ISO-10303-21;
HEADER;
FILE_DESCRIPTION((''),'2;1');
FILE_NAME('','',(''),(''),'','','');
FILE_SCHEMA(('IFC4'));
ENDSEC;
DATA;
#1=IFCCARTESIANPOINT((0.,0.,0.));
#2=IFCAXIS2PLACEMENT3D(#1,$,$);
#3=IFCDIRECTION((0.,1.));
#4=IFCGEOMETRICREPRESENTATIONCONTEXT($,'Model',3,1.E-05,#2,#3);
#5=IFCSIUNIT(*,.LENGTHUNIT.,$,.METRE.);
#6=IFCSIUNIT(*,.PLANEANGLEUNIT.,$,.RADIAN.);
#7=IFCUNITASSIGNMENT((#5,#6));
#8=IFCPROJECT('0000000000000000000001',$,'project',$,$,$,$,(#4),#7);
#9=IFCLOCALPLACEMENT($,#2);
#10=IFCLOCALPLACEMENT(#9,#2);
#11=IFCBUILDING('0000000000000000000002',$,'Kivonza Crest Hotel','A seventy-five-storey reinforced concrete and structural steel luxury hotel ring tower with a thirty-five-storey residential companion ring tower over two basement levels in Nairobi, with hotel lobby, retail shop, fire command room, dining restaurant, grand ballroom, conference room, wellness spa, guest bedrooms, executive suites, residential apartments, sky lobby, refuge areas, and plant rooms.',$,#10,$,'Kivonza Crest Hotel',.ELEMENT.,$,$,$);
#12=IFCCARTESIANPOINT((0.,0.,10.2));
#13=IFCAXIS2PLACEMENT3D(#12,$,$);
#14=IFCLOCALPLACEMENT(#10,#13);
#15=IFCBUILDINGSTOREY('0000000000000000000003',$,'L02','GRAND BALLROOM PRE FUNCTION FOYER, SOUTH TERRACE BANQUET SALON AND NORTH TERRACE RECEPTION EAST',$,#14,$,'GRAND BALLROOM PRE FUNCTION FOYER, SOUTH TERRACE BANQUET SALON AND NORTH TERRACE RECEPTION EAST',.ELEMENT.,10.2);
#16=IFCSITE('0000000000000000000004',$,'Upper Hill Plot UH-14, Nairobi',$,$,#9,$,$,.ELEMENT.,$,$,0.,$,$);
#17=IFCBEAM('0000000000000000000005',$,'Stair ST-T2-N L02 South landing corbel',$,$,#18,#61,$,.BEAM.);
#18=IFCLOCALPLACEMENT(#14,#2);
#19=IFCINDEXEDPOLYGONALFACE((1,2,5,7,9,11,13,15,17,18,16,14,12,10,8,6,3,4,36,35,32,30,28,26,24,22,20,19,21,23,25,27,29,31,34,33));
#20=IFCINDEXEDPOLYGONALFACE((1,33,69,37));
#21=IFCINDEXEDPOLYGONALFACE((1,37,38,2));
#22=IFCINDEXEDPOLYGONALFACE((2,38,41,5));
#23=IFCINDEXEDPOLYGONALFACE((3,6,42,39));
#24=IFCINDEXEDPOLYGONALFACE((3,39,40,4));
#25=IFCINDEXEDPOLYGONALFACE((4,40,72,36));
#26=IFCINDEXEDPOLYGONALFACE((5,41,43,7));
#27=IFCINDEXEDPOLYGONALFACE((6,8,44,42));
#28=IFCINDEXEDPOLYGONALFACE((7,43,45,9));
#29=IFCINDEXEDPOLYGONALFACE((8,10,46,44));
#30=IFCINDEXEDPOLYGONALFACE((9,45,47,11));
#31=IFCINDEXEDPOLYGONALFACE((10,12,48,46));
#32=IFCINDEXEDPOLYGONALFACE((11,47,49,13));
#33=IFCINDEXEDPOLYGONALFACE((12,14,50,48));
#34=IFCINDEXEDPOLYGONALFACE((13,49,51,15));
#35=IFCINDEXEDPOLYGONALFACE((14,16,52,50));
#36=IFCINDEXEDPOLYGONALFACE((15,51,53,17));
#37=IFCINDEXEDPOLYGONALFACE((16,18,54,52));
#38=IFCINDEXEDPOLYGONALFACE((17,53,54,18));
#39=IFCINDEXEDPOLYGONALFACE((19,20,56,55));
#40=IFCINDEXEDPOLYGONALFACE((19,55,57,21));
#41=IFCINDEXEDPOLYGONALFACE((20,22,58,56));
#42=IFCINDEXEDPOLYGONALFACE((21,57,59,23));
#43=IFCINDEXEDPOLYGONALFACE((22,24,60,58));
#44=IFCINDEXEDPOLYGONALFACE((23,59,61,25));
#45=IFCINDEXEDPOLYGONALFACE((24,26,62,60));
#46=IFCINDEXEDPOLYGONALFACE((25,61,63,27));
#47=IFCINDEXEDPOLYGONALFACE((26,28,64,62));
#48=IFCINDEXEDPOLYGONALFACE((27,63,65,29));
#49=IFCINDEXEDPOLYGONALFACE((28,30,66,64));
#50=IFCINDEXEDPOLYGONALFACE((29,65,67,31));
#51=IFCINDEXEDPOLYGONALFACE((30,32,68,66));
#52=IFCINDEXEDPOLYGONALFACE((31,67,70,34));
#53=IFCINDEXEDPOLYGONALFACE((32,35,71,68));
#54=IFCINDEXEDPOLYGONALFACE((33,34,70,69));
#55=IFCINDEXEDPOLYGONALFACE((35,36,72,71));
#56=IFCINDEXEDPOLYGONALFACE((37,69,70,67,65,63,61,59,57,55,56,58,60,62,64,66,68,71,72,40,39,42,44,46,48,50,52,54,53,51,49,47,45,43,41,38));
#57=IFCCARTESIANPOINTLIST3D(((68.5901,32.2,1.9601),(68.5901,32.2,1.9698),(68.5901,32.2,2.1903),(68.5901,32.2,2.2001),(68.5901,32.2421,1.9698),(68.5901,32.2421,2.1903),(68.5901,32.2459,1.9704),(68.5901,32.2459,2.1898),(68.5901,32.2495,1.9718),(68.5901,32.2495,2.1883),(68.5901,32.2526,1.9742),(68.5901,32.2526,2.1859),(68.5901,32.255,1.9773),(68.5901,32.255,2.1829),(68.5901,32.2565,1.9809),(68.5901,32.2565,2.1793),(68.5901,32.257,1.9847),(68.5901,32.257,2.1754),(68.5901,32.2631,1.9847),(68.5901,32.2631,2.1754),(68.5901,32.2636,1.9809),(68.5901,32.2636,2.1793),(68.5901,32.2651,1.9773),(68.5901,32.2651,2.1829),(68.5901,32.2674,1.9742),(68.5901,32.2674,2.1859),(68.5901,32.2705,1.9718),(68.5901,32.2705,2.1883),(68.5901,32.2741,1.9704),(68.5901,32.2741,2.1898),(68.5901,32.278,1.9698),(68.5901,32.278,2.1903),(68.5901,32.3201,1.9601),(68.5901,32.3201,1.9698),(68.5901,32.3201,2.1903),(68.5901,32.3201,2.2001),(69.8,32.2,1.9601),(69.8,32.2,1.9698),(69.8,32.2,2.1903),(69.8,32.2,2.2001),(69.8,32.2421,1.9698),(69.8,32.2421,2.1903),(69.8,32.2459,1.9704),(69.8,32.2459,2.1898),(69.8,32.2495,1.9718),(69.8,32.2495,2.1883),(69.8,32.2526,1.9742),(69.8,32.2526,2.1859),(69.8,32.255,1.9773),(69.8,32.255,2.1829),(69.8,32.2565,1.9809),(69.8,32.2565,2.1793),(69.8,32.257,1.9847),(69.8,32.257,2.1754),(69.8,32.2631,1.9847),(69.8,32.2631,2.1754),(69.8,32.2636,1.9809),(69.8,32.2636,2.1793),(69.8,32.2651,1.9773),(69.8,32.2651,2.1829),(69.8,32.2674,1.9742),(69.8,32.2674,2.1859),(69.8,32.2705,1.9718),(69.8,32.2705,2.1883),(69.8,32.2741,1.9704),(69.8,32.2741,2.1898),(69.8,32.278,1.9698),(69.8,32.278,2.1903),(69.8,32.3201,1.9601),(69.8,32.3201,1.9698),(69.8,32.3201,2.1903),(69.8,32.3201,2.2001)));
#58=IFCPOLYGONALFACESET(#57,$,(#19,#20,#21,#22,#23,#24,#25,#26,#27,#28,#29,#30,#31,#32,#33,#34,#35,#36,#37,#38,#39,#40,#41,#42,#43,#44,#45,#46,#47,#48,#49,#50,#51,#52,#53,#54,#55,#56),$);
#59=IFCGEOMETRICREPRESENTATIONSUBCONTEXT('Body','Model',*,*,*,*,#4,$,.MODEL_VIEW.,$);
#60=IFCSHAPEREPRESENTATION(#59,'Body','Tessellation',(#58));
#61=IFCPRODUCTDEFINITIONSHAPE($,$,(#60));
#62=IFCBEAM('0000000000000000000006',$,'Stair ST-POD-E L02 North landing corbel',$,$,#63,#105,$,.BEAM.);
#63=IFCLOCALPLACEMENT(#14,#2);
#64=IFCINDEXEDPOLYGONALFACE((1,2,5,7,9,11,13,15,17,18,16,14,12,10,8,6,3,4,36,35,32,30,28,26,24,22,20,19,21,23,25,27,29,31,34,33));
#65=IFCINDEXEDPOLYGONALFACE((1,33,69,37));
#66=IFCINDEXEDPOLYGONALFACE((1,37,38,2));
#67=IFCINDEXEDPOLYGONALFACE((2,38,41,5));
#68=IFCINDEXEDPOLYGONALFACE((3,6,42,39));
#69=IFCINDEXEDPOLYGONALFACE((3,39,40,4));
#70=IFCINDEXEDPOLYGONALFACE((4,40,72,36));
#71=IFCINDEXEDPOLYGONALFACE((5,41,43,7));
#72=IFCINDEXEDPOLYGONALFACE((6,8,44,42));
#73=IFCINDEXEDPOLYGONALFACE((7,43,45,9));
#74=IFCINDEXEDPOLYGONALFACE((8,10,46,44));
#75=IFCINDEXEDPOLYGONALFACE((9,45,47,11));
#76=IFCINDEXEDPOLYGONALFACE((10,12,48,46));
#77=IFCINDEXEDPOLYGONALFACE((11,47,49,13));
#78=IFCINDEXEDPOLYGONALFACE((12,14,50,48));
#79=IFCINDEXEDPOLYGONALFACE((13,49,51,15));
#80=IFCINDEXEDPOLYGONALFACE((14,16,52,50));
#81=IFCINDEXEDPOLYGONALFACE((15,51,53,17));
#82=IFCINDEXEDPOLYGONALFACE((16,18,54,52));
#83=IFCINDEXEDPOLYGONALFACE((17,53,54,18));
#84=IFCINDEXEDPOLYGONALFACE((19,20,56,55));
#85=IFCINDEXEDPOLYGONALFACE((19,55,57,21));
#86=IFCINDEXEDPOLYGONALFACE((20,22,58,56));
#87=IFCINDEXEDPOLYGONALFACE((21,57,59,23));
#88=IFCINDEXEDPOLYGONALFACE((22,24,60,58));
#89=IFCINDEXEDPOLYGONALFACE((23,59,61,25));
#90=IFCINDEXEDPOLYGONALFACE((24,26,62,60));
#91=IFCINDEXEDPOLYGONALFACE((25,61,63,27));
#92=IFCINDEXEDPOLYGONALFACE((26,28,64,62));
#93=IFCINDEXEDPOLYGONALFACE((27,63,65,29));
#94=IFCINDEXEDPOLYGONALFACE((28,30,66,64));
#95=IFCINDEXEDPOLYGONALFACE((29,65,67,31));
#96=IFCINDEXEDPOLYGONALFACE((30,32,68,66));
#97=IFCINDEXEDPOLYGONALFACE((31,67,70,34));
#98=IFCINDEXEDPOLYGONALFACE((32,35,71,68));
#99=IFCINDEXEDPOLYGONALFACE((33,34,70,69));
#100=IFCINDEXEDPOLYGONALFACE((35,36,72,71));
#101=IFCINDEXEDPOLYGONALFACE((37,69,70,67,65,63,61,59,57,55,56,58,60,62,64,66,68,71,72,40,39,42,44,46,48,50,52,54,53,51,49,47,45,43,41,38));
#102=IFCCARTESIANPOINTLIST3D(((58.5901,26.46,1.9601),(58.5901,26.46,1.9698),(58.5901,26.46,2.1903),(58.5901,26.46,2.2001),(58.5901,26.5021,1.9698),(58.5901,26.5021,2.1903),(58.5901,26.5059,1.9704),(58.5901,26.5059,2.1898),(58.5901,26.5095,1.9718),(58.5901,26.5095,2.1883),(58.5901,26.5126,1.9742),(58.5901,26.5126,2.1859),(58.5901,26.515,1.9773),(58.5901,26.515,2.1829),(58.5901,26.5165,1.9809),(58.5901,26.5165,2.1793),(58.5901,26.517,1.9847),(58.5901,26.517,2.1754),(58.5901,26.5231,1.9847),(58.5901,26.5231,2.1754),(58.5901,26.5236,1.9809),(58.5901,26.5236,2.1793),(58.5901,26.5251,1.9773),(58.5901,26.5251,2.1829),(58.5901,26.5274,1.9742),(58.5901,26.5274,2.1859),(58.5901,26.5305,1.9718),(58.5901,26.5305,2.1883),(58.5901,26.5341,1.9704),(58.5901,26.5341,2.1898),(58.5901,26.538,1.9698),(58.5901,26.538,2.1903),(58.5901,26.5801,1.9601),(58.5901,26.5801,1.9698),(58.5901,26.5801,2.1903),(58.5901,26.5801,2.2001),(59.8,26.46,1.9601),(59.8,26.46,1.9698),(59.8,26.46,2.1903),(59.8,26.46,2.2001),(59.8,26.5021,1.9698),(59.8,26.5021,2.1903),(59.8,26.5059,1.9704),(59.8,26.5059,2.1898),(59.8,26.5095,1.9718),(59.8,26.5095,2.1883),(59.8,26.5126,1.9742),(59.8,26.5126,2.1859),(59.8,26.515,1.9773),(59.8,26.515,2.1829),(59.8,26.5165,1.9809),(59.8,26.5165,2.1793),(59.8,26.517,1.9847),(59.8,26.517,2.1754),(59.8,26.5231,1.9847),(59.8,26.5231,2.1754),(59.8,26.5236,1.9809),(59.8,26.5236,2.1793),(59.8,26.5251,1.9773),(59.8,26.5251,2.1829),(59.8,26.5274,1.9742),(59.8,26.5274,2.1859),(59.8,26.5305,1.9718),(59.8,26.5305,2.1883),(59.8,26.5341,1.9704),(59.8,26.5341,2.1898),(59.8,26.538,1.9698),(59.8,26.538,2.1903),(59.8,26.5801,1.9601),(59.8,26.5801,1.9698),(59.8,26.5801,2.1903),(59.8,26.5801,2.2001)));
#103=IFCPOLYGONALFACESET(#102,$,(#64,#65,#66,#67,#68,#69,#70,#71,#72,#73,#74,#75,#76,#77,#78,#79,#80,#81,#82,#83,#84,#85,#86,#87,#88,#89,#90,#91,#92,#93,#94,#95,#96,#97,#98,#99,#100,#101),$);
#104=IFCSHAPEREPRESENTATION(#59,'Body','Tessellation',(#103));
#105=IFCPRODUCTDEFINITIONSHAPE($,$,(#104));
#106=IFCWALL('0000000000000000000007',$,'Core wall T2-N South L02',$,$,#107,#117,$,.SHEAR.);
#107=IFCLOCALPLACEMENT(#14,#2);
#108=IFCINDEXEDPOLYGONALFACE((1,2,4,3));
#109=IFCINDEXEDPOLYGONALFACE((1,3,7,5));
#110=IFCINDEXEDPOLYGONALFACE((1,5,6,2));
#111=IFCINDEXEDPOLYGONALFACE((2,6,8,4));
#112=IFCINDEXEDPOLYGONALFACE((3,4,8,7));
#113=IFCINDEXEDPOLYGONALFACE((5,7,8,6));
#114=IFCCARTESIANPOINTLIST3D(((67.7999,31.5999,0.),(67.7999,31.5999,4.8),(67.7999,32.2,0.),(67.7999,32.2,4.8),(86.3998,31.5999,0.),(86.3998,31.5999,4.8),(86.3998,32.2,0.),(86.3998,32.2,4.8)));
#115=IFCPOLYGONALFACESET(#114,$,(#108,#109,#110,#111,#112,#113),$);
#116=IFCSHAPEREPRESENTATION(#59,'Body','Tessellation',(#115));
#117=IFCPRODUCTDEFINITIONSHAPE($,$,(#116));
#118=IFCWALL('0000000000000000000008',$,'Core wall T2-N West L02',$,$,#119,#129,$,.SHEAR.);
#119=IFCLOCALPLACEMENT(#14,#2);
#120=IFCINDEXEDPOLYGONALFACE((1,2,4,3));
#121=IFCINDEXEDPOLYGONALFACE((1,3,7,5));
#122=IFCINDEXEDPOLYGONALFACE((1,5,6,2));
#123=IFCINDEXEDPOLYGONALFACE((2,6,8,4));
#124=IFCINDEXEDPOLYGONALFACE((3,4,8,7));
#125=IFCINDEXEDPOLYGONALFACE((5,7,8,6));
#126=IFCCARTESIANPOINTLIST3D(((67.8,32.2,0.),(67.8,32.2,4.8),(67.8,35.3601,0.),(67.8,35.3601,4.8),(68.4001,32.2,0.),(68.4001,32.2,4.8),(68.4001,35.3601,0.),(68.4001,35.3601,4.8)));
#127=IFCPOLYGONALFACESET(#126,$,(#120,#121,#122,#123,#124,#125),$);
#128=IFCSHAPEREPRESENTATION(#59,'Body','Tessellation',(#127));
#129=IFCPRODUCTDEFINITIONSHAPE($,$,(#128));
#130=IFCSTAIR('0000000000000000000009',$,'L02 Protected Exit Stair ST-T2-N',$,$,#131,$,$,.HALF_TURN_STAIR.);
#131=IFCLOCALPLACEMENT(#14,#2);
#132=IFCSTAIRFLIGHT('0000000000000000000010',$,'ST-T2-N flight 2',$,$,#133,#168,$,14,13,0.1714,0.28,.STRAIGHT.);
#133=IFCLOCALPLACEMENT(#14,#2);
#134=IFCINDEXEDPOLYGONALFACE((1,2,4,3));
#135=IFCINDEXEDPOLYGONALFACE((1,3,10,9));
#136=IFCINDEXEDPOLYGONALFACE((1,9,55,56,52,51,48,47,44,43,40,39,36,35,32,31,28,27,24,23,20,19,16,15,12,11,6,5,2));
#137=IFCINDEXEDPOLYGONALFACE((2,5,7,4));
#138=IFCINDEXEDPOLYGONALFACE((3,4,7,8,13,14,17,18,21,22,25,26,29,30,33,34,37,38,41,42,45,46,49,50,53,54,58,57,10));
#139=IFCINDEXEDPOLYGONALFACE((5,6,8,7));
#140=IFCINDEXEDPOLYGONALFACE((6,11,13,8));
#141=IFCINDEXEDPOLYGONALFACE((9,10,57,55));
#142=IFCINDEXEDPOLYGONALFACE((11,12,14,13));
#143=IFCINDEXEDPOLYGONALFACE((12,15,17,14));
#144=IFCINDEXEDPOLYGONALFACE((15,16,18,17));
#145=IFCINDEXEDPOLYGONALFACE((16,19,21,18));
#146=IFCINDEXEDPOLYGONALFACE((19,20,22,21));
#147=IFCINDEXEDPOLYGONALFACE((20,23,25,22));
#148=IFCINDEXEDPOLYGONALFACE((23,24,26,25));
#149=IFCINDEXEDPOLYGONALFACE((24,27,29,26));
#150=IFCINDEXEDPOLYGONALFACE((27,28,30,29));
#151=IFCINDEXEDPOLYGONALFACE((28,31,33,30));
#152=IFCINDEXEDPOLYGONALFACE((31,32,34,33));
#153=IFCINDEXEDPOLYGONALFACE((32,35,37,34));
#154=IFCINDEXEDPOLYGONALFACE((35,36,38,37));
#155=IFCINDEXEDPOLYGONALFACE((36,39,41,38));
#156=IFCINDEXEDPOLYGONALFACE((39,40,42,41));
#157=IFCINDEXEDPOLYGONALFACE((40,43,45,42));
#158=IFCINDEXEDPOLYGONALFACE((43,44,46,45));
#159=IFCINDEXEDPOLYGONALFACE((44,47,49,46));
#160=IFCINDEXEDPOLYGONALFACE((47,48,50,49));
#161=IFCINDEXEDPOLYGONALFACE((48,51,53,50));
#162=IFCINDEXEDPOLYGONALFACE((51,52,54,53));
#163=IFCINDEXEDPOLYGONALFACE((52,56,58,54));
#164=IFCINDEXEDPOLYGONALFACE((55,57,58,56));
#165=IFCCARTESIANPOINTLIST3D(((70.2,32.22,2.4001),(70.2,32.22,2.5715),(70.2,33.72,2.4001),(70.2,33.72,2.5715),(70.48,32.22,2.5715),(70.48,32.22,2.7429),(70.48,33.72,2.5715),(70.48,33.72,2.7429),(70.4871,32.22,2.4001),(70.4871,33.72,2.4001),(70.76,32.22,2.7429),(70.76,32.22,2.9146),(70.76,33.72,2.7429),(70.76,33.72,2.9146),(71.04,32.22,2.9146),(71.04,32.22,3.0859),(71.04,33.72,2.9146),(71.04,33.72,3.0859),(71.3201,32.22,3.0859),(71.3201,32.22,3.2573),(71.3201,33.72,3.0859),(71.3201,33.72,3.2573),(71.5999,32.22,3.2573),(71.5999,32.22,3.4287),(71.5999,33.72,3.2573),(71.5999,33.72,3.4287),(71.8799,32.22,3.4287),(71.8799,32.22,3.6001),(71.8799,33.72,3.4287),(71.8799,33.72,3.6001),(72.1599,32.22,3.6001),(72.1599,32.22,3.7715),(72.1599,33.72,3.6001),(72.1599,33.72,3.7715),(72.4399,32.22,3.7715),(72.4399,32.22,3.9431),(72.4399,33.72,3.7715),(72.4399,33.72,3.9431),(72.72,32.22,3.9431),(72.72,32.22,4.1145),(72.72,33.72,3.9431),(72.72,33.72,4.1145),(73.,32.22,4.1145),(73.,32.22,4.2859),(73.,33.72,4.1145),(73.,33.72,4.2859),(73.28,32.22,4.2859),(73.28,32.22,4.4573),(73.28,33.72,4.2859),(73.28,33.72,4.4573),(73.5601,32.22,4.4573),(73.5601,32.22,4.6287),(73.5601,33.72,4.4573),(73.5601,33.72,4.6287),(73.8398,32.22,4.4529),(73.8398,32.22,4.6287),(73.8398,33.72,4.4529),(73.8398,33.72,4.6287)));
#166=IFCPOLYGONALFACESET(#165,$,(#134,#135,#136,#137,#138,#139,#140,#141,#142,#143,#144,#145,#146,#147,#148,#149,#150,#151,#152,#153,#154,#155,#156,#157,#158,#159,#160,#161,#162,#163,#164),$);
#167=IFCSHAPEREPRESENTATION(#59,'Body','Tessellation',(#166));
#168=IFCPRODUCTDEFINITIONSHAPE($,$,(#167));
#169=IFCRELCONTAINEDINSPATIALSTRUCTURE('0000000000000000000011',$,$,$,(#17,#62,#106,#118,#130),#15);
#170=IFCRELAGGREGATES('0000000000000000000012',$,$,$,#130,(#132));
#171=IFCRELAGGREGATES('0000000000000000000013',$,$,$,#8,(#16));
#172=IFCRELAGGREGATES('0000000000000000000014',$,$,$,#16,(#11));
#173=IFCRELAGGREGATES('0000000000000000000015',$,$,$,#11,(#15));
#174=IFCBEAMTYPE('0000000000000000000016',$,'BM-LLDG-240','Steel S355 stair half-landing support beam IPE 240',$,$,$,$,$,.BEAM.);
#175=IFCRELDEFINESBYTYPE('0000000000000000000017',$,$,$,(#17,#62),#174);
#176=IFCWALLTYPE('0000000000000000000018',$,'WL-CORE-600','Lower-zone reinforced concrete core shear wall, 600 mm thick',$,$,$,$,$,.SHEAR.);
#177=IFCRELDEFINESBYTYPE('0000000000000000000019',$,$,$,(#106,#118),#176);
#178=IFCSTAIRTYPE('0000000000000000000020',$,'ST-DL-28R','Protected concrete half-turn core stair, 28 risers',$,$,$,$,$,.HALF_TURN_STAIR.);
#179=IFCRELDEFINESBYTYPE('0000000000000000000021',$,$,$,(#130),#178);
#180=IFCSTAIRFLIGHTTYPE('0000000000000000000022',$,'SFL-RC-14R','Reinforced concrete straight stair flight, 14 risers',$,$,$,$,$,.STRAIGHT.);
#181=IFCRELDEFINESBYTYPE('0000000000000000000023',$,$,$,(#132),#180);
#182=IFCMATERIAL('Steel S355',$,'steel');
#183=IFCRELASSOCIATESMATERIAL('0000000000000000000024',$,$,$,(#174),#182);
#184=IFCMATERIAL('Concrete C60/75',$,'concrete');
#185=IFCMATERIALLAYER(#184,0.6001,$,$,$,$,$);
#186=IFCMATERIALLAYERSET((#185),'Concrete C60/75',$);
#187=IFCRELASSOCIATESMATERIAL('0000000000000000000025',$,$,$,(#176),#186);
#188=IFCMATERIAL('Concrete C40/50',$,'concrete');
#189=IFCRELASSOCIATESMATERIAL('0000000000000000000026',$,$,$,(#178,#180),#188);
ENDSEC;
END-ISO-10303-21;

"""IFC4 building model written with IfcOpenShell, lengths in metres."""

from ifc_helpers import new_model, si_unit, direction, frame, frame_2d, origin, origin_2d, place, context, subcontext, project, spatial, polyline, rectangle, i_section, outline, extrude, material, layer, layer_set, material_profile, profile_set, type_object, element, aggregate, save


model = new_model("IFC4")

# Units and contexts
model_context = context("Model", 3, precision=1e-05, world=origin(), true_north=direction((0.0, 1.0)))
body_context = subcontext(model_context, "Body", "Model", "MODEL_VIEW")
ifc_project = project(units=[si_unit("LENGTHUNIT", "METRE"), si_unit("PLANEANGLEUNIT", "RADIAN")], contexts=[model_context])

# Site, building, storey
site_placement = place(None, origin())
site = spatial("IfcSite", under=ifc_project, at=site_placement, Name="Upper Hill Plot UH-14, Nairobi", CompositionType="ELEMENT", RefElevation=0.0)
building_placement = place(site_placement, origin())
building = spatial("IfcBuilding", under=site, at=building_placement, Name="Kivonza Crest Hotel", Description="A seventy-five-storey reinforced concrete and structural steel luxury hotel ring tower with a thirty-five-storey residential companion ring tower over two basement levels in Nairobi, with hotel lobby, retail shop, fire command room, dining restaurant, grand ballroom, conference room, wellness spa, guest bedrooms, executive suites, residential apartments, sky lobby, refuge areas, and plant rooms.", LongName="Kivonza Crest Hotel", CompositionType="ELEMENT")
storey_placement = place(building_placement, frame((0.0, 0.0, 10.2)))
storey = spatial("IfcBuildingStorey", under=building, at=storey_placement, Name="L02", Description="GRAND BALLROOM PRE FUNCTION FOYER, SOUTH TERRACE BANQUET SALON AND NORTH TERRACE RECEPTION EAST", LongName="GRAND BALLROOM PRE FUNCTION FOYER, SOUTH TERRACE BANQUET SALON AND NORTH TERRACE RECEPTION EAST", CompositionType="ELEMENT", Elevation=10.2)

# Shared definitions
ifc_material_1 = material(Name="Concrete C60/75", Category="concrete")

# Beams
ifc_material_2 = material(Name="Steel S355", Category="steel")
ifc_material_profile_1 = material_profile(ifc_material_2, i_section(OverallWidth=0.1201, OverallDepth=0.24, WebThickness=0.0061, FlangeThickness=0.0098, FilletRadius=0.0149, at=origin_2d()), Name="IPE 240")
ifc_profile_set_1 = profile_set([ifc_material_profile_1], Name="Steel S355")
beam_type_1 = type_object("IfcBeamType", Name="BM-LLDG-240", Description="Steel S355 stair half-landing support beam IPE 240", PredefinedType="BEAM", material=ifc_profile_set_1)
for number, where, z_axis, x_axis, name in (
    (1, (68.5901, 32.26, 2.0801), (1.0, 0.0, 0.0), (0.0, 1.0, 0.0), "Stair ST-T2-N L02 South landing corbel"),
    (2, (58.5901, 26.52, 2.0801), (1.0, 0.0, 0.0), (0.0, 1.0, 0.0), "Stair ST-POD-E L02 North landing corbel"),
):
    element("IfcBeam", number, at=place(storey_placement, frame(where, z_axis=z_axis, x_axis=x_axis)), inside=storey, type_object=beam_type_1, Name=name, PredefinedType="BEAM", context=body_context, shape_type="SweptSolid", body=[
        extrude(i_section(OverallWidth=0.1201, OverallDepth=0.24, WebThickness=0.0061, FlangeThickness=0.0098, FilletRadius=0.0149, at=origin_2d()), origin(), (0.0, 0.0, 1.0), 1.21),
    ])

# Walls
ifc_layer_1 = layer(ifc_material_1, 0.6001)
ifc_layer_set_1 = layer_set([ifc_layer_1], Name="Concrete C60/75")
wall_type_1 = type_object("IfcWallType", Name="WL-CORE-600", Description="Lower-zone reinforced concrete core shear wall, 600 mm thick", PredefinedType="SHEAR", material=ifc_layer_set_1)
wall_1_placement = place(storey_placement, frame((67.8, 31.8999, 0.0), z_axis=(0.0, 0.0, 1.0), x_axis=(1.0, 0.0, 0.0)))
element("IfcWall", 3, at=wall_1_placement, inside=storey, type_object=wall_type_1, Name="Core wall T2-N South L02", PredefinedType="SHEAR", context=body_context, shape_type="SweptSolid", body=[
    extrude(rectangle(XDim=18.5999, YDim=0.6001, at=frame_2d((9.2998, 0.0))), origin(), (0.0, 0.0, 1.0), 4.8),
])
wall_2_placement = place(storey_placement, frame((68.1001, 32.2, 0.0), z_axis=(0.0, 0.0, 1.0), x_axis=(0.0, 1.0, 0.0)))
element("IfcWall", 4, at=wall_2_placement, inside=storey, type_object=wall_type_1, Name="Core wall T2-N West L02", PredefinedType="SHEAR", context=body_context, shape_type="SweptSolid", body=[
    extrude(rectangle(XDim=3.1602, YDim=0.6001, at=frame_2d((1.5801, 0.0))), origin(), (0.0, 0.0, 1.0), 4.8),
])

# Stair, stair flight
ifc_material_3 = material(Name="Concrete C40/50", Category="concrete")
stair_type = type_object("IfcStairType", Name="ST-DL-28R", Description="Protected concrete half-turn core stair, 28 risers", PredefinedType="HALF_TURN_STAIR", material=ifc_material_3)
stair_1_placement = place(storey_placement, origin())
stair_1 = element("IfcStair", 5, at=stair_1_placement, inside=storey, type_object=stair_type, Name="L02 Protected Exit Stair ST-T2-N", PredefinedType="HALF_TURN_STAIR")
stair_flight_type = type_object("IfcStairFlightType", Name="SFL-RC-14R", Description="Reinforced concrete straight stair flight, 14 risers", PredefinedType="STRAIGHT", material=ifc_material_3)
stair_flight_1_placement = place(storey_placement, frame((70.2, 32.97, 2.4001), z_axis=(0.0, 0.0, 1.0), x_axis=(1.0, 0.0, 0.0)))
stair_flight_1 = element("IfcStairFlight", 6, at=stair_flight_1_placement, type_object=stair_flight_type, Name="ST-T2-N flight 2", NumberOfRisers=14, NumberOfTreads=13, PredefinedType="STRAIGHT", RiserHeight=0.1714, TreadLength=0.28, context=body_context, shape_type="SweptSolid", body=[
    extrude(outline(polyline([(0.0, 0.0), (0.0, 0.1714), (0.28, 0.1714), (0.28, 0.3428), (0.5601, 0.3428), (0.5601, 0.5144), (0.8401, 0.5144), (0.8401, 0.6858), (1.1201, 0.6858), (1.1201, 0.8572), (1.3999, 0.8572), (1.3999, 1.0286), (1.6799, 1.0286), (1.6799, 1.2), (1.96, 1.2), (1.96, 1.3713), (2.24, 1.3713), (2.24, 1.543), (2.52, 1.543), (2.52, 1.7144), (2.8, 1.7144), (2.8, 1.8857), (3.0801, 1.8857), (3.0801, 2.0571), (3.3601, 2.0571), (3.3601, 2.2285), (3.6399, 2.2285), (3.6399, 2.3999), (3.6399, 2.0527), (0.2871, 0.0), (0.0, 0.0)])), frame((0.0, 0.75, 0.0), z_axis=(0.0, -1.0, 0.0), x_axis=(1.0, 0.0, 0.0)), (0.0, 0.0, 1.0), 1.5),
])
aggregate(stair_1, [stair_flight_1])

save(model, "model.ifc")
